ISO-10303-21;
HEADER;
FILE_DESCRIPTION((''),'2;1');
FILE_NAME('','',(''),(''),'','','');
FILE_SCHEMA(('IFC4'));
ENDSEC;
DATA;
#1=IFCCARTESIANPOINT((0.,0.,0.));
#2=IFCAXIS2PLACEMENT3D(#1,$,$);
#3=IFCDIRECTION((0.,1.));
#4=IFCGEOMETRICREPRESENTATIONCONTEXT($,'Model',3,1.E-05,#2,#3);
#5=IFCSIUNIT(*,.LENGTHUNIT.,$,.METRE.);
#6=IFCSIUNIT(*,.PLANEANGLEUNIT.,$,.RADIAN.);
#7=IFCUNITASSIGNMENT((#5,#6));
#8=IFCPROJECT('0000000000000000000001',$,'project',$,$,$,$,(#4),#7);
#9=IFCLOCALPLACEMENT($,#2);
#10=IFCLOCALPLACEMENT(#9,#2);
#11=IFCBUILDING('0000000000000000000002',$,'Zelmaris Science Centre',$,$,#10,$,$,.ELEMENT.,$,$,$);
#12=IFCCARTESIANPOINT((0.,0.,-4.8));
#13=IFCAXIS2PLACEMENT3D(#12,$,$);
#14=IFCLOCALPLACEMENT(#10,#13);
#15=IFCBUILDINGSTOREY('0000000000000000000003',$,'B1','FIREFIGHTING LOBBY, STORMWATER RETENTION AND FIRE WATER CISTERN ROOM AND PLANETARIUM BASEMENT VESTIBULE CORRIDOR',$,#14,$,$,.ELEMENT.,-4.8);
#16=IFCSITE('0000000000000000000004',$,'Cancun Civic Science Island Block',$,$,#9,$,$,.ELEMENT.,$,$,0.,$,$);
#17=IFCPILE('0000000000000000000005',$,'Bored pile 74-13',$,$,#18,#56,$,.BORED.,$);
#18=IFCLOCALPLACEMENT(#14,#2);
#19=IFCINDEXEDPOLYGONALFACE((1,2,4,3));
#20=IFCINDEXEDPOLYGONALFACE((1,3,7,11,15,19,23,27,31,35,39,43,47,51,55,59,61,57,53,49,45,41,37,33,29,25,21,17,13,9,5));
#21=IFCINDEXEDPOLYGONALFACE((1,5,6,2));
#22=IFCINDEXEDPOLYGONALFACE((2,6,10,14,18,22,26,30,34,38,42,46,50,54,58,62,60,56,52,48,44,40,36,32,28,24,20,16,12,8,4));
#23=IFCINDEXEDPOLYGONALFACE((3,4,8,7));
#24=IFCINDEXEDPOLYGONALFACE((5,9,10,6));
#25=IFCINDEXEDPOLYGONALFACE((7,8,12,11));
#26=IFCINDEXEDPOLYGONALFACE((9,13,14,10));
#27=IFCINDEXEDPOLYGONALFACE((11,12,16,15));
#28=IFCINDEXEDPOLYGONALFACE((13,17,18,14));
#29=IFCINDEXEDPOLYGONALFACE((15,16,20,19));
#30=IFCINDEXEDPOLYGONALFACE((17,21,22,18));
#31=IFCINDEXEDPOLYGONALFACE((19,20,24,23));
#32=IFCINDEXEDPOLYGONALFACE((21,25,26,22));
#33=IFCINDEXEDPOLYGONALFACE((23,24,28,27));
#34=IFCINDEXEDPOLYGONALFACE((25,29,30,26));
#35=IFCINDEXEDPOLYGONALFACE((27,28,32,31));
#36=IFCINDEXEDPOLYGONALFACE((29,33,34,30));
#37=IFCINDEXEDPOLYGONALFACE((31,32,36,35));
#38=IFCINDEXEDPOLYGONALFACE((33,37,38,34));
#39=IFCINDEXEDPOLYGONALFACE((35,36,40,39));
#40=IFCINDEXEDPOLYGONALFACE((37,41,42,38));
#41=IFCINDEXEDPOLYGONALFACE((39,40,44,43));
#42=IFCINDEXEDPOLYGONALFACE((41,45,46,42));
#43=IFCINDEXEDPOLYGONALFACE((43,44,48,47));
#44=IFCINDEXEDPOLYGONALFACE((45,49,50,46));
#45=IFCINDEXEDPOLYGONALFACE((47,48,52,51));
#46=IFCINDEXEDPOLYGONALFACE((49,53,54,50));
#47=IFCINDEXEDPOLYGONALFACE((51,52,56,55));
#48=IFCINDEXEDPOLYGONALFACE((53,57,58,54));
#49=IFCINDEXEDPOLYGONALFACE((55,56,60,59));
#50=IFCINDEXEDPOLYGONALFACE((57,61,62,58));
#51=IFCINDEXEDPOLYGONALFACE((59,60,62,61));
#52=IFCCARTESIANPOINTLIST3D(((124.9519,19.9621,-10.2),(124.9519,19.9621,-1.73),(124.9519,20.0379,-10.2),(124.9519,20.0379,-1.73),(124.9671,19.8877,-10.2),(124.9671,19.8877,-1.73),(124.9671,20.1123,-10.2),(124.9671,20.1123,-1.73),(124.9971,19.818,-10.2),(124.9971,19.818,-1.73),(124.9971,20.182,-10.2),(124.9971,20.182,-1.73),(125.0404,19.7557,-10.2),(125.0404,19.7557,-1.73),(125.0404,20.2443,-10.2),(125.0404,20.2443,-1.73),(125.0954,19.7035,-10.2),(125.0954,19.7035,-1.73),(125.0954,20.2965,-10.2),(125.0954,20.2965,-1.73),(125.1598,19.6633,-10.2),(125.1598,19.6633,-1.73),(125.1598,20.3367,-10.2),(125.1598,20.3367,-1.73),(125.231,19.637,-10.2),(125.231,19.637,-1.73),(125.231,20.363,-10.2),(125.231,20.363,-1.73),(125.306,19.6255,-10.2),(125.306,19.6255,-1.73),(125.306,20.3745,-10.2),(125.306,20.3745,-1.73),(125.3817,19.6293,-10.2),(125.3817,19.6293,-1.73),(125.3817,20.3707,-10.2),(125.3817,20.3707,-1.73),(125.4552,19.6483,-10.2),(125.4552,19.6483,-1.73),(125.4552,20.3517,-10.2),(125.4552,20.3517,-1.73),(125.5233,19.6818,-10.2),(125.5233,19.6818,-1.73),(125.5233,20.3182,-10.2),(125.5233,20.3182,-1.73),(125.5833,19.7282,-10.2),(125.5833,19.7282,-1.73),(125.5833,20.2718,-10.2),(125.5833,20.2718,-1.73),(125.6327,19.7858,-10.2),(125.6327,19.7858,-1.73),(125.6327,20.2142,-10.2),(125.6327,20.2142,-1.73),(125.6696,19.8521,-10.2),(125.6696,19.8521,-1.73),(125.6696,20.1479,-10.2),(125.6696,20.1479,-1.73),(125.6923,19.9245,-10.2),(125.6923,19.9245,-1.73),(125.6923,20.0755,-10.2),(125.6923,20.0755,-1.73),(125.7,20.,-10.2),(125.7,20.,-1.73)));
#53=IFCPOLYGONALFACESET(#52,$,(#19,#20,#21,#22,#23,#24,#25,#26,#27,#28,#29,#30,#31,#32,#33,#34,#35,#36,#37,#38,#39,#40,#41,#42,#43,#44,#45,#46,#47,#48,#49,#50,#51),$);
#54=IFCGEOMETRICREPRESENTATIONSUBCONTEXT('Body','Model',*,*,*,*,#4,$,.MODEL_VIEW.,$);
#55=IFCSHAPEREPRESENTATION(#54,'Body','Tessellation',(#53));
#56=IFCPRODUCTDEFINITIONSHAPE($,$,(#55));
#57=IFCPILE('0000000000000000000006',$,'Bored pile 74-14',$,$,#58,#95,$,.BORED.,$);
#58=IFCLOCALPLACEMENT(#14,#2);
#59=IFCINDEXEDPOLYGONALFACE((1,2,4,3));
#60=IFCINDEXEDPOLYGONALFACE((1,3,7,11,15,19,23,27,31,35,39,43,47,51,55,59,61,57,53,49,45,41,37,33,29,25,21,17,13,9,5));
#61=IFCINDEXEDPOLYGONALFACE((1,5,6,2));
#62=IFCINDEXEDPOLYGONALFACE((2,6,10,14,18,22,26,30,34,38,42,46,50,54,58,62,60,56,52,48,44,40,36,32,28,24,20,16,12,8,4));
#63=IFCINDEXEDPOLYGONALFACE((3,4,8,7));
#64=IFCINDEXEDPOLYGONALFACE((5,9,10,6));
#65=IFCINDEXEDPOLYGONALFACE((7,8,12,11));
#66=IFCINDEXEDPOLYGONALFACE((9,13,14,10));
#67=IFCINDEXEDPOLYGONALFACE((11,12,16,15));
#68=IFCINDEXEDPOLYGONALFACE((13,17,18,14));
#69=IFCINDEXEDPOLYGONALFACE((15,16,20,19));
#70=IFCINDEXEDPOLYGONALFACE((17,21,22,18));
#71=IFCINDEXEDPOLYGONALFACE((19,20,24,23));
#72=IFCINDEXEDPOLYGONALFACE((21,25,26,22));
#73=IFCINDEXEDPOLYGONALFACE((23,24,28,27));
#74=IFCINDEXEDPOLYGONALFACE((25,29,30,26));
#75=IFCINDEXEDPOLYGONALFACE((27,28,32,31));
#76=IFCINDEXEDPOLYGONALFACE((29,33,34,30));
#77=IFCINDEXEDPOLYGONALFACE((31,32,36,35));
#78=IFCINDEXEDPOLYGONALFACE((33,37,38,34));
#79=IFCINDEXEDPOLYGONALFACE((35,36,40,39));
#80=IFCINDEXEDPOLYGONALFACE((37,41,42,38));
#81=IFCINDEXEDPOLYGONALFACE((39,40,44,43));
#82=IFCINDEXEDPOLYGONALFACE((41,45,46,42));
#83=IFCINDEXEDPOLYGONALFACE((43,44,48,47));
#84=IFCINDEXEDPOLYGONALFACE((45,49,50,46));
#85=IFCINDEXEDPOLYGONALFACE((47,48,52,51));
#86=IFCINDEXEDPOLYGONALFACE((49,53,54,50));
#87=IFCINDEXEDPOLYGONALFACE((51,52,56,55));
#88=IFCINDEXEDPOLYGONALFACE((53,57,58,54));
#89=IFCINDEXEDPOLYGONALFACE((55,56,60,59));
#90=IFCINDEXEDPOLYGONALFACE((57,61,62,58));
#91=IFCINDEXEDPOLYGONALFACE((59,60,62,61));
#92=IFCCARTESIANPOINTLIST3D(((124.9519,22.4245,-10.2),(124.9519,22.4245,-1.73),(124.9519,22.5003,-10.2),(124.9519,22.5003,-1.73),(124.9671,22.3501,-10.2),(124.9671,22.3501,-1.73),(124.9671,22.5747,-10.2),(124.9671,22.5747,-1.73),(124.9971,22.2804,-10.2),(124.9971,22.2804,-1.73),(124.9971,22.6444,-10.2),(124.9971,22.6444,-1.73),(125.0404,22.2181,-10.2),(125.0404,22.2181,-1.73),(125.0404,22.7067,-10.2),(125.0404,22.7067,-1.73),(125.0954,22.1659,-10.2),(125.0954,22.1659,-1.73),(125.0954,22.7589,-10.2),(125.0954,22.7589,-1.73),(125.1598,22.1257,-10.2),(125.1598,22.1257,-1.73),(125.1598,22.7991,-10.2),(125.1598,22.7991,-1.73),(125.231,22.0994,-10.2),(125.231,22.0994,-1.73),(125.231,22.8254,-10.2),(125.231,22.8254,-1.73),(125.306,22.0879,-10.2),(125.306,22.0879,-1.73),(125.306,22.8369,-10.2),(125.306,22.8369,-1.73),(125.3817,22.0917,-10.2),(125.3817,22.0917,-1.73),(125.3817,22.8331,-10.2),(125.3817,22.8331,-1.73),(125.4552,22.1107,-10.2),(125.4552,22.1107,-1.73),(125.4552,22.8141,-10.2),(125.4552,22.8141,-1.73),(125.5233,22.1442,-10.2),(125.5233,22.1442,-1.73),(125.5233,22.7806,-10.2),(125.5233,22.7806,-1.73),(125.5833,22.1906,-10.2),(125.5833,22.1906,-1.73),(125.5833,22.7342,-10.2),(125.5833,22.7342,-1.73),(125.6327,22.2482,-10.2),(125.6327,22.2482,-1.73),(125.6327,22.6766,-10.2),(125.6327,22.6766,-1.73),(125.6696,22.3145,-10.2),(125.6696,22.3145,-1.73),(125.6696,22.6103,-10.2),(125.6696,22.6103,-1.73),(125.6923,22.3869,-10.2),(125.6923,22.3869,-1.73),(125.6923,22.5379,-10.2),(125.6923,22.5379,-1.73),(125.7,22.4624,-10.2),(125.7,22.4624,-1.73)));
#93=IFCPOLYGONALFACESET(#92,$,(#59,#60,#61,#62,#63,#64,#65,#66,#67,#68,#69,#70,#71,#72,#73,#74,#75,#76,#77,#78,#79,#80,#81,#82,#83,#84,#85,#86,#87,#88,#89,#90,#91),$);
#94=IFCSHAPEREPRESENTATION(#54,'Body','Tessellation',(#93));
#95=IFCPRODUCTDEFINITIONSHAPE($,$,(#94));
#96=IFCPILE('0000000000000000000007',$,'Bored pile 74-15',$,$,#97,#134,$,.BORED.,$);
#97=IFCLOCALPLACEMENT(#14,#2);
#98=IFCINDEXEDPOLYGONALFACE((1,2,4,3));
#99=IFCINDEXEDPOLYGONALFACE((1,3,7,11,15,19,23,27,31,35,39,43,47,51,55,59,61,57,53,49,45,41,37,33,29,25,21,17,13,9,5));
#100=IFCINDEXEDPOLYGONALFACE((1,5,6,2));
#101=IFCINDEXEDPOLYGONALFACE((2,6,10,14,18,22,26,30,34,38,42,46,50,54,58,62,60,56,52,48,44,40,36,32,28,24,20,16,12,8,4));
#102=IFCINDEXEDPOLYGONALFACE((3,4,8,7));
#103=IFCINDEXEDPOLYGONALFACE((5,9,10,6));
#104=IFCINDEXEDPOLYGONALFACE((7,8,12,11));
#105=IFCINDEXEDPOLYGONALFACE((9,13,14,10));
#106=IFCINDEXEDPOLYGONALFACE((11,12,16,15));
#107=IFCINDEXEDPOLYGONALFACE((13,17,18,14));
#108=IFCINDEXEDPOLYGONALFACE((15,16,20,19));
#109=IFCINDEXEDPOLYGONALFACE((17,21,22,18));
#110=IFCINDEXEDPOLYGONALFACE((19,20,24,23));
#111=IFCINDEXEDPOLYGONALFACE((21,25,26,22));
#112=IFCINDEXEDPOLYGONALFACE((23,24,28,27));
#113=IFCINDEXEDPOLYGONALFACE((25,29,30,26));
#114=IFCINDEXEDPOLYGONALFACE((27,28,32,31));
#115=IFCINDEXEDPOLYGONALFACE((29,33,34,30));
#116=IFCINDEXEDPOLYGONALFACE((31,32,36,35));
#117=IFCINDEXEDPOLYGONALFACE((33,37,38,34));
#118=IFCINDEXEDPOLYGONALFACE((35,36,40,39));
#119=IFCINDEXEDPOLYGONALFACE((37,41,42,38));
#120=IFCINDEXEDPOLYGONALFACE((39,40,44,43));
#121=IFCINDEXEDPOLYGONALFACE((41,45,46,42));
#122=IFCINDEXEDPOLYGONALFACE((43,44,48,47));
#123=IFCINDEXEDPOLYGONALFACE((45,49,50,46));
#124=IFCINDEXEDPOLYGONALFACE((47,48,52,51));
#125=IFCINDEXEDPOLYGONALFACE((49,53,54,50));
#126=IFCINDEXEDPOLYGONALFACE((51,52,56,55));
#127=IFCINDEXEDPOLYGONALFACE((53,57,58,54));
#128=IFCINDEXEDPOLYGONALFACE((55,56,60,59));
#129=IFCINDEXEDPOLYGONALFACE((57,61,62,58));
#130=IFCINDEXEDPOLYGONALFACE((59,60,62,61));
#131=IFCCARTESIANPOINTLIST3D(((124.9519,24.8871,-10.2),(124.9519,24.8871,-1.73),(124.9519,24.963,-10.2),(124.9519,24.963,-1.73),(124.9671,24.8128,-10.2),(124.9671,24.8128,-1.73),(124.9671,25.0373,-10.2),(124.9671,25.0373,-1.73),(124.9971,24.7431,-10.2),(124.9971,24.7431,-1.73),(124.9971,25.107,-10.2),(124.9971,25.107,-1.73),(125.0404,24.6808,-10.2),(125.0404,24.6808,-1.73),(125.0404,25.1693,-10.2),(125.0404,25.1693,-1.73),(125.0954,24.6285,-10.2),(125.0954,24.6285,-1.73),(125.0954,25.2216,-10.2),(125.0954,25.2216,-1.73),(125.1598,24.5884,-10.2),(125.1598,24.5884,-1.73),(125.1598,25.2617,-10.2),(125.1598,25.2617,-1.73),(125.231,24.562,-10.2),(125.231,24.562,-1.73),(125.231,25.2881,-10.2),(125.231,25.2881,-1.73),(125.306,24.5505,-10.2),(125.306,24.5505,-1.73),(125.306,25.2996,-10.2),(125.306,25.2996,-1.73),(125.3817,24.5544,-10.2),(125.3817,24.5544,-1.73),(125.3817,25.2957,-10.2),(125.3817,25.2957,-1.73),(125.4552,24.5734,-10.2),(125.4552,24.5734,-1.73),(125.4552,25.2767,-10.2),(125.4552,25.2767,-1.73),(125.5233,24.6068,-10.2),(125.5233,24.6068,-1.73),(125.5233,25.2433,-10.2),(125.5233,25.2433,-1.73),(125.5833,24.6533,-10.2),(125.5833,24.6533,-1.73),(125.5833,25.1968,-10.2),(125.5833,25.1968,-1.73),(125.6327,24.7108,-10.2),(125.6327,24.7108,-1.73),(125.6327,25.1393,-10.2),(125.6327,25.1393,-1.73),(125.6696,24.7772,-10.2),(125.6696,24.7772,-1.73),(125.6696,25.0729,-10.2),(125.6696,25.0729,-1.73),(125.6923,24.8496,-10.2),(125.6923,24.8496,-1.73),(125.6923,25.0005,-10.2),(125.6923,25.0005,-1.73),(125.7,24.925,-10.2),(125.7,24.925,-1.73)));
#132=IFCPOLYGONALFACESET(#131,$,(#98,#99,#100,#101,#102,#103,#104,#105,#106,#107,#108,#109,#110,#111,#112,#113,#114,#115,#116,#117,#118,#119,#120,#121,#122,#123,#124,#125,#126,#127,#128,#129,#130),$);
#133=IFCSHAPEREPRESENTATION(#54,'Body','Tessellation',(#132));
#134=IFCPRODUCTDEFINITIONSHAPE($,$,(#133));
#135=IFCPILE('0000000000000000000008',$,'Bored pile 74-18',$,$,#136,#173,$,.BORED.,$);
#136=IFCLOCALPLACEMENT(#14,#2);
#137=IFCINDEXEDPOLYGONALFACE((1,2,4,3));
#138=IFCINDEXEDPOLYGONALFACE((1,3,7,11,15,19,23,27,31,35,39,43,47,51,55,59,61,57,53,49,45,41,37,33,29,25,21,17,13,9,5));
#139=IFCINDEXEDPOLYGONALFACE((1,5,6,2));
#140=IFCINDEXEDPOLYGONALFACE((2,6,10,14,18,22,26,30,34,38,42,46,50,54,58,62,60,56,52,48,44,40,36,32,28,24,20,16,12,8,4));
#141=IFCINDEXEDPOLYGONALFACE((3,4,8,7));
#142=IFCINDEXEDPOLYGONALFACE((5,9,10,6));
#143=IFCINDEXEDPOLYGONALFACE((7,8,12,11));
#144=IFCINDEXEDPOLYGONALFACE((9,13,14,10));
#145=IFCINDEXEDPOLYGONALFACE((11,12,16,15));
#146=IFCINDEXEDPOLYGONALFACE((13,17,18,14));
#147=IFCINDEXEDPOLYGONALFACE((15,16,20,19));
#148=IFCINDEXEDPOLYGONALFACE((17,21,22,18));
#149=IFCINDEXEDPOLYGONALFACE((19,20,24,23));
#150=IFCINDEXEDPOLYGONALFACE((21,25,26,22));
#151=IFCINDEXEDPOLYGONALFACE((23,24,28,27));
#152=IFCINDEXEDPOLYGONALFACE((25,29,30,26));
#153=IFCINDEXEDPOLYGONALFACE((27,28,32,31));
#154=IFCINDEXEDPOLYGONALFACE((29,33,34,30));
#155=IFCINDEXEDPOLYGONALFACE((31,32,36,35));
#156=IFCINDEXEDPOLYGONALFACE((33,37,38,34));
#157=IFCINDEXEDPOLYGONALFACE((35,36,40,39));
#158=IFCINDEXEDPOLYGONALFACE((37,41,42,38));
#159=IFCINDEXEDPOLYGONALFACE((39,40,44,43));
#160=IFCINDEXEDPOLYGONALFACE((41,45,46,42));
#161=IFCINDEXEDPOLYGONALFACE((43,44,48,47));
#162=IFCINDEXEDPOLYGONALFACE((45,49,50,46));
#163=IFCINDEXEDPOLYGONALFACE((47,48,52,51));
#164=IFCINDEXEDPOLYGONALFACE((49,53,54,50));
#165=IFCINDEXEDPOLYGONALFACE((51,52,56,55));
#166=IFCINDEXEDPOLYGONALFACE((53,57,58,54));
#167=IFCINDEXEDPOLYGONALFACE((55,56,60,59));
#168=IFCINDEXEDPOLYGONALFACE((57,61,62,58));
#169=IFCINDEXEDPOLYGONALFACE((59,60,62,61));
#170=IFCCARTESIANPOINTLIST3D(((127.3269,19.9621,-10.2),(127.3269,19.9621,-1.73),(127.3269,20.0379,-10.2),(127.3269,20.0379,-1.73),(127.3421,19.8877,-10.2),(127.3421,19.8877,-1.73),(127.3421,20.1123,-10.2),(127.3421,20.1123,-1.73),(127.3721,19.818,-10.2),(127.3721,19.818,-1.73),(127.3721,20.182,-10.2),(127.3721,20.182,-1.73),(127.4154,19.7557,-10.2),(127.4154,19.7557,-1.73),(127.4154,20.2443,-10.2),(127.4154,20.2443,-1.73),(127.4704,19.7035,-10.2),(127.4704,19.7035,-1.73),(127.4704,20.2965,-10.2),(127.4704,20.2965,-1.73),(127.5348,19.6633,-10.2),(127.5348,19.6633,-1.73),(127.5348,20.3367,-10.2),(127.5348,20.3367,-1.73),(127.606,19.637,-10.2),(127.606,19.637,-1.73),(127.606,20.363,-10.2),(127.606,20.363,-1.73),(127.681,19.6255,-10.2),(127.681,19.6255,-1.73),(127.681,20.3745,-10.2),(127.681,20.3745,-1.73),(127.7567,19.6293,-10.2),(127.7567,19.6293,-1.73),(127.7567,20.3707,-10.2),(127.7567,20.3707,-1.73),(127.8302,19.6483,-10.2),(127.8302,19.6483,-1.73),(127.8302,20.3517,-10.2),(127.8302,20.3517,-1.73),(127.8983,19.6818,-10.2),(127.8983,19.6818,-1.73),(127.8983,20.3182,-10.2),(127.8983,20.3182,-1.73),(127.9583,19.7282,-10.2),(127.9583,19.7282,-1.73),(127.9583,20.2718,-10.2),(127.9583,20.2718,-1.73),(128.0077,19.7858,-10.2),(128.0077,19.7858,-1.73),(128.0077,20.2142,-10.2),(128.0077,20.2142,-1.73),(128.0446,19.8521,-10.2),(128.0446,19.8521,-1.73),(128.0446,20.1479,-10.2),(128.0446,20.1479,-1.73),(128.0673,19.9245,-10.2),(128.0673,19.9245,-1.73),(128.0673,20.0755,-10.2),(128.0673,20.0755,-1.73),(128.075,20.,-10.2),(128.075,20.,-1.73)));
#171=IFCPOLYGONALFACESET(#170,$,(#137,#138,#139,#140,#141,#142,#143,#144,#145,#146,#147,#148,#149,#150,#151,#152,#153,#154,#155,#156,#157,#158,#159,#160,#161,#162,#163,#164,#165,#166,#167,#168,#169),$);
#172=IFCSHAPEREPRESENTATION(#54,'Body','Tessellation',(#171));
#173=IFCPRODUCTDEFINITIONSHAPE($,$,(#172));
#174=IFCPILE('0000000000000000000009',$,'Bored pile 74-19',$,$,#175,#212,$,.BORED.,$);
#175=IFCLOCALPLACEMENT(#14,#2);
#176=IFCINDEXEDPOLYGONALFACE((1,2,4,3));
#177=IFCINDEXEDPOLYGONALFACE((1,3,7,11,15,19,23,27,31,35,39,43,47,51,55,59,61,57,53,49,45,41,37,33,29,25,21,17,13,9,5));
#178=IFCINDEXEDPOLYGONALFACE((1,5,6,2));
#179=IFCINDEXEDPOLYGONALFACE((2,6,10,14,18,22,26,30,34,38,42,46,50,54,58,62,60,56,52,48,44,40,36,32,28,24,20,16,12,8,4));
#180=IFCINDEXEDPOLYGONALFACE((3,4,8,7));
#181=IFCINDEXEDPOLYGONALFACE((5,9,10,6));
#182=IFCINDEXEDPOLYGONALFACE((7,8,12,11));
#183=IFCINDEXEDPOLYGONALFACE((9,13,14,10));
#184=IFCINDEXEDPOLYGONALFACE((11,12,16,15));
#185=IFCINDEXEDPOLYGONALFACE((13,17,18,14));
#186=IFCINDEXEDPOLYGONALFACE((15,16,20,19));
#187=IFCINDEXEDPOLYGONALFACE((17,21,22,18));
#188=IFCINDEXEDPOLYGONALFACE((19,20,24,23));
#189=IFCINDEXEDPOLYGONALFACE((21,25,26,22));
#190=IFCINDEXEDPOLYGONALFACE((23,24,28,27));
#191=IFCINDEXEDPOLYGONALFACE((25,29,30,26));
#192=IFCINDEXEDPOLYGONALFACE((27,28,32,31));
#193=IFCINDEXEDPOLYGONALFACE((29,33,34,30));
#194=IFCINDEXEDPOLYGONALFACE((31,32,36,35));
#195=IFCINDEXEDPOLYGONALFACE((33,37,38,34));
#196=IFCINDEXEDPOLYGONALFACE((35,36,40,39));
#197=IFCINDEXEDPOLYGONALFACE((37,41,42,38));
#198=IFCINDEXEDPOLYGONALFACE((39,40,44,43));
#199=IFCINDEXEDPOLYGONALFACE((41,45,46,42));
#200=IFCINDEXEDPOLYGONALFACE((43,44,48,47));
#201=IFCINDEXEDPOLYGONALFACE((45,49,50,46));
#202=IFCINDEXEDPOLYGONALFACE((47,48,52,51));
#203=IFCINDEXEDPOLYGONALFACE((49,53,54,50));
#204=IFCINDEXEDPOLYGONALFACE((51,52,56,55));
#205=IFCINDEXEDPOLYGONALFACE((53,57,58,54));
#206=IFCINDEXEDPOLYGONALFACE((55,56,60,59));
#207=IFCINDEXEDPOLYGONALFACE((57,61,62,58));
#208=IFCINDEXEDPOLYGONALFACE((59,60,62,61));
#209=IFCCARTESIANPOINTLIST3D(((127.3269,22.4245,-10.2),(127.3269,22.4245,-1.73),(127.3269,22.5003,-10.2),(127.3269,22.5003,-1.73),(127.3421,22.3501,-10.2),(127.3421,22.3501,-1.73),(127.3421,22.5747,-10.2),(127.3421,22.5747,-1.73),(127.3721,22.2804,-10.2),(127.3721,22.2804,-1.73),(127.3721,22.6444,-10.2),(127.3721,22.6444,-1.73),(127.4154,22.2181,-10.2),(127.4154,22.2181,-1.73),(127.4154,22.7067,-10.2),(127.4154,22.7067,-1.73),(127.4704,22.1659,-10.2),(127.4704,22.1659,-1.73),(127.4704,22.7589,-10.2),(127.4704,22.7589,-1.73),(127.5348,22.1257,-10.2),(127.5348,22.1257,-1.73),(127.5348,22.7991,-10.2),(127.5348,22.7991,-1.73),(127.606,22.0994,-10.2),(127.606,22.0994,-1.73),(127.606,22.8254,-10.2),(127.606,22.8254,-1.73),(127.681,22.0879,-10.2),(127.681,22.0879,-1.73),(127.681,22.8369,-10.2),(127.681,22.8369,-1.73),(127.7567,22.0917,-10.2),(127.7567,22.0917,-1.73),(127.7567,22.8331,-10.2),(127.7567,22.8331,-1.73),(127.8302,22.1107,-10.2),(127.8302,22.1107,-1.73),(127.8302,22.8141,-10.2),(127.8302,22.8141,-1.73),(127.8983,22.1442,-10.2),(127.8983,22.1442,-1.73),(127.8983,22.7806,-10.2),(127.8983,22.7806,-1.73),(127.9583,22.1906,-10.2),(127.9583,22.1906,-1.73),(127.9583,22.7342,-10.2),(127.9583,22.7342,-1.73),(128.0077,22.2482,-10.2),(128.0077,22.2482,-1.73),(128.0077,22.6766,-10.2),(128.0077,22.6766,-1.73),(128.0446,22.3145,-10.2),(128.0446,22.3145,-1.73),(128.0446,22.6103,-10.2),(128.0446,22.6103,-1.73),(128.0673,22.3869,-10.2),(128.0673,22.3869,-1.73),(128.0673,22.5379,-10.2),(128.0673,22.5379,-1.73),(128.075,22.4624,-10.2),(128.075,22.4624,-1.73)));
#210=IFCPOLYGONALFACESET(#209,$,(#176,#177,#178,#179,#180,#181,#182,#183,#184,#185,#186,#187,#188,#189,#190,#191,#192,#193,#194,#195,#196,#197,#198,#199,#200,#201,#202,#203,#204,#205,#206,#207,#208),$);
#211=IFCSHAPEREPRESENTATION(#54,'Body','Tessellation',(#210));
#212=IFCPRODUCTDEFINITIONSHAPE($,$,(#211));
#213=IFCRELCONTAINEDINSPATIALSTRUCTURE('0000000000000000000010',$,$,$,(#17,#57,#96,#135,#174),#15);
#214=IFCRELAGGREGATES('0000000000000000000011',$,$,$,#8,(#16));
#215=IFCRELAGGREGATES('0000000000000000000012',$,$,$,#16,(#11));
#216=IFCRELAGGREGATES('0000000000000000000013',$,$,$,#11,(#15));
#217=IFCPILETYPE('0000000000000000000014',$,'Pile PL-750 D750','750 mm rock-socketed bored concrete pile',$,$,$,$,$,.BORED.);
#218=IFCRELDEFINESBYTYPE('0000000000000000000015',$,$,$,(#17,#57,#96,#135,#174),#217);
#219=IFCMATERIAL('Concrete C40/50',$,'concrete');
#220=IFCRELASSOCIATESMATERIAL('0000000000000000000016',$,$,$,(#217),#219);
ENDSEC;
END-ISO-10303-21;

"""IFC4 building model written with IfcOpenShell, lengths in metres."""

from ifc_helpers import new_model, si_unit, direction, frame, origin, origin_2d, place, context, subcontext, project, spatial, circle, extrude, material, material_profile, profile_set, type_object, element, save


model = new_model("IFC4")

# Units and contexts
model_context = context("Model", 3, precision=1e-05, world=origin(), true_north=direction((0.0, 1.0)))
body_context = subcontext(model_context, "Body", "Model", "MODEL_VIEW")
ifc_project = project(units=[si_unit("LENGTHUNIT", "METRE"), si_unit("PLANEANGLEUNIT", "RADIAN")], contexts=[model_context])

# Site, building, storey
site_placement = place(None, origin())
site = spatial("IfcSite", under=ifc_project, at=site_placement, Name="Cancun Civic Science Island Block", CompositionType="ELEMENT", RefElevation=0.0)
building_placement = place(site_placement, origin())
building = spatial("IfcBuilding", under=site, at=building_placement, Name="Zelmaris Science Centre", CompositionType="ELEMENT")
storey_placement = place(building_placement, frame((0.0, 0.0, -4.8)))
storey = spatial("IfcBuildingStorey", under=building, at=storey_placement, Name="B1", Description="FIREFIGHTING LOBBY, STORMWATER RETENTION AND FIRE WATER CISTERN ROOM AND PLANETARIUM BASEMENT VESTIBULE CORRIDOR", CompositionType="ELEMENT", Elevation=-4.8)

# Shared definitions
ifc_material_1 = material(Name="Concrete C40/50", Category="concrete")

# Piles
ifc_material_profile_1 = material_profile(ifc_material_1, circle(Radius=0.375, at=origin_2d()), Name="PILE-750")
ifc_profile_set_1 = profile_set([ifc_material_profile_1], Name="Concrete C40/50")
pile_type_1 = type_object("IfcPileType", Name="Pile PL-750 D750", Description="750 mm rock-socketed bored concrete pile", PredefinedType="BORED", material=ifc_profile_set_1)
for number, where, z_axis, x_axis, name in (
    (1, (125.325, 20.0, -1.73), (0.0, 0.0, -1.0), (1.0, 0.0, 0.0), "Bored pile 74-13"),
    (2, (125.325, 22.4624, -1.73), (0.0, 0.0, -1.0), (1.0, 0.0, 0.0), "Bored pile 74-14"),
    (3, (125.325, 24.925, -1.73), (0.0, 0.0, -1.0), (1.0, 0.0, 0.0), "Bored pile 74-15"),
    (4, (127.7, 20.0, -1.73), (0.0, 0.0, -1.0), (1.0, 0.0, 0.0), "Bored pile 74-18"),
    (5, (127.7, 22.4624, -1.73), (0.0, 0.0, -1.0), (1.0, 0.0, 0.0), "Bored pile 74-19"),
):
    element("IfcPile", number, at=place(storey_placement, frame(where, z_axis=z_axis, x_axis=x_axis)), inside=storey, type_object=pile_type_1, Name=name, PredefinedType="BORED", context=body_context, shape_type="SweptSolid", body=[
        extrude(circle(Radius=0.375, at=origin_2d()), origin(), (0.0, 0.0, 1.0), 8.47),
    ])

save(model, "model.ifc")
